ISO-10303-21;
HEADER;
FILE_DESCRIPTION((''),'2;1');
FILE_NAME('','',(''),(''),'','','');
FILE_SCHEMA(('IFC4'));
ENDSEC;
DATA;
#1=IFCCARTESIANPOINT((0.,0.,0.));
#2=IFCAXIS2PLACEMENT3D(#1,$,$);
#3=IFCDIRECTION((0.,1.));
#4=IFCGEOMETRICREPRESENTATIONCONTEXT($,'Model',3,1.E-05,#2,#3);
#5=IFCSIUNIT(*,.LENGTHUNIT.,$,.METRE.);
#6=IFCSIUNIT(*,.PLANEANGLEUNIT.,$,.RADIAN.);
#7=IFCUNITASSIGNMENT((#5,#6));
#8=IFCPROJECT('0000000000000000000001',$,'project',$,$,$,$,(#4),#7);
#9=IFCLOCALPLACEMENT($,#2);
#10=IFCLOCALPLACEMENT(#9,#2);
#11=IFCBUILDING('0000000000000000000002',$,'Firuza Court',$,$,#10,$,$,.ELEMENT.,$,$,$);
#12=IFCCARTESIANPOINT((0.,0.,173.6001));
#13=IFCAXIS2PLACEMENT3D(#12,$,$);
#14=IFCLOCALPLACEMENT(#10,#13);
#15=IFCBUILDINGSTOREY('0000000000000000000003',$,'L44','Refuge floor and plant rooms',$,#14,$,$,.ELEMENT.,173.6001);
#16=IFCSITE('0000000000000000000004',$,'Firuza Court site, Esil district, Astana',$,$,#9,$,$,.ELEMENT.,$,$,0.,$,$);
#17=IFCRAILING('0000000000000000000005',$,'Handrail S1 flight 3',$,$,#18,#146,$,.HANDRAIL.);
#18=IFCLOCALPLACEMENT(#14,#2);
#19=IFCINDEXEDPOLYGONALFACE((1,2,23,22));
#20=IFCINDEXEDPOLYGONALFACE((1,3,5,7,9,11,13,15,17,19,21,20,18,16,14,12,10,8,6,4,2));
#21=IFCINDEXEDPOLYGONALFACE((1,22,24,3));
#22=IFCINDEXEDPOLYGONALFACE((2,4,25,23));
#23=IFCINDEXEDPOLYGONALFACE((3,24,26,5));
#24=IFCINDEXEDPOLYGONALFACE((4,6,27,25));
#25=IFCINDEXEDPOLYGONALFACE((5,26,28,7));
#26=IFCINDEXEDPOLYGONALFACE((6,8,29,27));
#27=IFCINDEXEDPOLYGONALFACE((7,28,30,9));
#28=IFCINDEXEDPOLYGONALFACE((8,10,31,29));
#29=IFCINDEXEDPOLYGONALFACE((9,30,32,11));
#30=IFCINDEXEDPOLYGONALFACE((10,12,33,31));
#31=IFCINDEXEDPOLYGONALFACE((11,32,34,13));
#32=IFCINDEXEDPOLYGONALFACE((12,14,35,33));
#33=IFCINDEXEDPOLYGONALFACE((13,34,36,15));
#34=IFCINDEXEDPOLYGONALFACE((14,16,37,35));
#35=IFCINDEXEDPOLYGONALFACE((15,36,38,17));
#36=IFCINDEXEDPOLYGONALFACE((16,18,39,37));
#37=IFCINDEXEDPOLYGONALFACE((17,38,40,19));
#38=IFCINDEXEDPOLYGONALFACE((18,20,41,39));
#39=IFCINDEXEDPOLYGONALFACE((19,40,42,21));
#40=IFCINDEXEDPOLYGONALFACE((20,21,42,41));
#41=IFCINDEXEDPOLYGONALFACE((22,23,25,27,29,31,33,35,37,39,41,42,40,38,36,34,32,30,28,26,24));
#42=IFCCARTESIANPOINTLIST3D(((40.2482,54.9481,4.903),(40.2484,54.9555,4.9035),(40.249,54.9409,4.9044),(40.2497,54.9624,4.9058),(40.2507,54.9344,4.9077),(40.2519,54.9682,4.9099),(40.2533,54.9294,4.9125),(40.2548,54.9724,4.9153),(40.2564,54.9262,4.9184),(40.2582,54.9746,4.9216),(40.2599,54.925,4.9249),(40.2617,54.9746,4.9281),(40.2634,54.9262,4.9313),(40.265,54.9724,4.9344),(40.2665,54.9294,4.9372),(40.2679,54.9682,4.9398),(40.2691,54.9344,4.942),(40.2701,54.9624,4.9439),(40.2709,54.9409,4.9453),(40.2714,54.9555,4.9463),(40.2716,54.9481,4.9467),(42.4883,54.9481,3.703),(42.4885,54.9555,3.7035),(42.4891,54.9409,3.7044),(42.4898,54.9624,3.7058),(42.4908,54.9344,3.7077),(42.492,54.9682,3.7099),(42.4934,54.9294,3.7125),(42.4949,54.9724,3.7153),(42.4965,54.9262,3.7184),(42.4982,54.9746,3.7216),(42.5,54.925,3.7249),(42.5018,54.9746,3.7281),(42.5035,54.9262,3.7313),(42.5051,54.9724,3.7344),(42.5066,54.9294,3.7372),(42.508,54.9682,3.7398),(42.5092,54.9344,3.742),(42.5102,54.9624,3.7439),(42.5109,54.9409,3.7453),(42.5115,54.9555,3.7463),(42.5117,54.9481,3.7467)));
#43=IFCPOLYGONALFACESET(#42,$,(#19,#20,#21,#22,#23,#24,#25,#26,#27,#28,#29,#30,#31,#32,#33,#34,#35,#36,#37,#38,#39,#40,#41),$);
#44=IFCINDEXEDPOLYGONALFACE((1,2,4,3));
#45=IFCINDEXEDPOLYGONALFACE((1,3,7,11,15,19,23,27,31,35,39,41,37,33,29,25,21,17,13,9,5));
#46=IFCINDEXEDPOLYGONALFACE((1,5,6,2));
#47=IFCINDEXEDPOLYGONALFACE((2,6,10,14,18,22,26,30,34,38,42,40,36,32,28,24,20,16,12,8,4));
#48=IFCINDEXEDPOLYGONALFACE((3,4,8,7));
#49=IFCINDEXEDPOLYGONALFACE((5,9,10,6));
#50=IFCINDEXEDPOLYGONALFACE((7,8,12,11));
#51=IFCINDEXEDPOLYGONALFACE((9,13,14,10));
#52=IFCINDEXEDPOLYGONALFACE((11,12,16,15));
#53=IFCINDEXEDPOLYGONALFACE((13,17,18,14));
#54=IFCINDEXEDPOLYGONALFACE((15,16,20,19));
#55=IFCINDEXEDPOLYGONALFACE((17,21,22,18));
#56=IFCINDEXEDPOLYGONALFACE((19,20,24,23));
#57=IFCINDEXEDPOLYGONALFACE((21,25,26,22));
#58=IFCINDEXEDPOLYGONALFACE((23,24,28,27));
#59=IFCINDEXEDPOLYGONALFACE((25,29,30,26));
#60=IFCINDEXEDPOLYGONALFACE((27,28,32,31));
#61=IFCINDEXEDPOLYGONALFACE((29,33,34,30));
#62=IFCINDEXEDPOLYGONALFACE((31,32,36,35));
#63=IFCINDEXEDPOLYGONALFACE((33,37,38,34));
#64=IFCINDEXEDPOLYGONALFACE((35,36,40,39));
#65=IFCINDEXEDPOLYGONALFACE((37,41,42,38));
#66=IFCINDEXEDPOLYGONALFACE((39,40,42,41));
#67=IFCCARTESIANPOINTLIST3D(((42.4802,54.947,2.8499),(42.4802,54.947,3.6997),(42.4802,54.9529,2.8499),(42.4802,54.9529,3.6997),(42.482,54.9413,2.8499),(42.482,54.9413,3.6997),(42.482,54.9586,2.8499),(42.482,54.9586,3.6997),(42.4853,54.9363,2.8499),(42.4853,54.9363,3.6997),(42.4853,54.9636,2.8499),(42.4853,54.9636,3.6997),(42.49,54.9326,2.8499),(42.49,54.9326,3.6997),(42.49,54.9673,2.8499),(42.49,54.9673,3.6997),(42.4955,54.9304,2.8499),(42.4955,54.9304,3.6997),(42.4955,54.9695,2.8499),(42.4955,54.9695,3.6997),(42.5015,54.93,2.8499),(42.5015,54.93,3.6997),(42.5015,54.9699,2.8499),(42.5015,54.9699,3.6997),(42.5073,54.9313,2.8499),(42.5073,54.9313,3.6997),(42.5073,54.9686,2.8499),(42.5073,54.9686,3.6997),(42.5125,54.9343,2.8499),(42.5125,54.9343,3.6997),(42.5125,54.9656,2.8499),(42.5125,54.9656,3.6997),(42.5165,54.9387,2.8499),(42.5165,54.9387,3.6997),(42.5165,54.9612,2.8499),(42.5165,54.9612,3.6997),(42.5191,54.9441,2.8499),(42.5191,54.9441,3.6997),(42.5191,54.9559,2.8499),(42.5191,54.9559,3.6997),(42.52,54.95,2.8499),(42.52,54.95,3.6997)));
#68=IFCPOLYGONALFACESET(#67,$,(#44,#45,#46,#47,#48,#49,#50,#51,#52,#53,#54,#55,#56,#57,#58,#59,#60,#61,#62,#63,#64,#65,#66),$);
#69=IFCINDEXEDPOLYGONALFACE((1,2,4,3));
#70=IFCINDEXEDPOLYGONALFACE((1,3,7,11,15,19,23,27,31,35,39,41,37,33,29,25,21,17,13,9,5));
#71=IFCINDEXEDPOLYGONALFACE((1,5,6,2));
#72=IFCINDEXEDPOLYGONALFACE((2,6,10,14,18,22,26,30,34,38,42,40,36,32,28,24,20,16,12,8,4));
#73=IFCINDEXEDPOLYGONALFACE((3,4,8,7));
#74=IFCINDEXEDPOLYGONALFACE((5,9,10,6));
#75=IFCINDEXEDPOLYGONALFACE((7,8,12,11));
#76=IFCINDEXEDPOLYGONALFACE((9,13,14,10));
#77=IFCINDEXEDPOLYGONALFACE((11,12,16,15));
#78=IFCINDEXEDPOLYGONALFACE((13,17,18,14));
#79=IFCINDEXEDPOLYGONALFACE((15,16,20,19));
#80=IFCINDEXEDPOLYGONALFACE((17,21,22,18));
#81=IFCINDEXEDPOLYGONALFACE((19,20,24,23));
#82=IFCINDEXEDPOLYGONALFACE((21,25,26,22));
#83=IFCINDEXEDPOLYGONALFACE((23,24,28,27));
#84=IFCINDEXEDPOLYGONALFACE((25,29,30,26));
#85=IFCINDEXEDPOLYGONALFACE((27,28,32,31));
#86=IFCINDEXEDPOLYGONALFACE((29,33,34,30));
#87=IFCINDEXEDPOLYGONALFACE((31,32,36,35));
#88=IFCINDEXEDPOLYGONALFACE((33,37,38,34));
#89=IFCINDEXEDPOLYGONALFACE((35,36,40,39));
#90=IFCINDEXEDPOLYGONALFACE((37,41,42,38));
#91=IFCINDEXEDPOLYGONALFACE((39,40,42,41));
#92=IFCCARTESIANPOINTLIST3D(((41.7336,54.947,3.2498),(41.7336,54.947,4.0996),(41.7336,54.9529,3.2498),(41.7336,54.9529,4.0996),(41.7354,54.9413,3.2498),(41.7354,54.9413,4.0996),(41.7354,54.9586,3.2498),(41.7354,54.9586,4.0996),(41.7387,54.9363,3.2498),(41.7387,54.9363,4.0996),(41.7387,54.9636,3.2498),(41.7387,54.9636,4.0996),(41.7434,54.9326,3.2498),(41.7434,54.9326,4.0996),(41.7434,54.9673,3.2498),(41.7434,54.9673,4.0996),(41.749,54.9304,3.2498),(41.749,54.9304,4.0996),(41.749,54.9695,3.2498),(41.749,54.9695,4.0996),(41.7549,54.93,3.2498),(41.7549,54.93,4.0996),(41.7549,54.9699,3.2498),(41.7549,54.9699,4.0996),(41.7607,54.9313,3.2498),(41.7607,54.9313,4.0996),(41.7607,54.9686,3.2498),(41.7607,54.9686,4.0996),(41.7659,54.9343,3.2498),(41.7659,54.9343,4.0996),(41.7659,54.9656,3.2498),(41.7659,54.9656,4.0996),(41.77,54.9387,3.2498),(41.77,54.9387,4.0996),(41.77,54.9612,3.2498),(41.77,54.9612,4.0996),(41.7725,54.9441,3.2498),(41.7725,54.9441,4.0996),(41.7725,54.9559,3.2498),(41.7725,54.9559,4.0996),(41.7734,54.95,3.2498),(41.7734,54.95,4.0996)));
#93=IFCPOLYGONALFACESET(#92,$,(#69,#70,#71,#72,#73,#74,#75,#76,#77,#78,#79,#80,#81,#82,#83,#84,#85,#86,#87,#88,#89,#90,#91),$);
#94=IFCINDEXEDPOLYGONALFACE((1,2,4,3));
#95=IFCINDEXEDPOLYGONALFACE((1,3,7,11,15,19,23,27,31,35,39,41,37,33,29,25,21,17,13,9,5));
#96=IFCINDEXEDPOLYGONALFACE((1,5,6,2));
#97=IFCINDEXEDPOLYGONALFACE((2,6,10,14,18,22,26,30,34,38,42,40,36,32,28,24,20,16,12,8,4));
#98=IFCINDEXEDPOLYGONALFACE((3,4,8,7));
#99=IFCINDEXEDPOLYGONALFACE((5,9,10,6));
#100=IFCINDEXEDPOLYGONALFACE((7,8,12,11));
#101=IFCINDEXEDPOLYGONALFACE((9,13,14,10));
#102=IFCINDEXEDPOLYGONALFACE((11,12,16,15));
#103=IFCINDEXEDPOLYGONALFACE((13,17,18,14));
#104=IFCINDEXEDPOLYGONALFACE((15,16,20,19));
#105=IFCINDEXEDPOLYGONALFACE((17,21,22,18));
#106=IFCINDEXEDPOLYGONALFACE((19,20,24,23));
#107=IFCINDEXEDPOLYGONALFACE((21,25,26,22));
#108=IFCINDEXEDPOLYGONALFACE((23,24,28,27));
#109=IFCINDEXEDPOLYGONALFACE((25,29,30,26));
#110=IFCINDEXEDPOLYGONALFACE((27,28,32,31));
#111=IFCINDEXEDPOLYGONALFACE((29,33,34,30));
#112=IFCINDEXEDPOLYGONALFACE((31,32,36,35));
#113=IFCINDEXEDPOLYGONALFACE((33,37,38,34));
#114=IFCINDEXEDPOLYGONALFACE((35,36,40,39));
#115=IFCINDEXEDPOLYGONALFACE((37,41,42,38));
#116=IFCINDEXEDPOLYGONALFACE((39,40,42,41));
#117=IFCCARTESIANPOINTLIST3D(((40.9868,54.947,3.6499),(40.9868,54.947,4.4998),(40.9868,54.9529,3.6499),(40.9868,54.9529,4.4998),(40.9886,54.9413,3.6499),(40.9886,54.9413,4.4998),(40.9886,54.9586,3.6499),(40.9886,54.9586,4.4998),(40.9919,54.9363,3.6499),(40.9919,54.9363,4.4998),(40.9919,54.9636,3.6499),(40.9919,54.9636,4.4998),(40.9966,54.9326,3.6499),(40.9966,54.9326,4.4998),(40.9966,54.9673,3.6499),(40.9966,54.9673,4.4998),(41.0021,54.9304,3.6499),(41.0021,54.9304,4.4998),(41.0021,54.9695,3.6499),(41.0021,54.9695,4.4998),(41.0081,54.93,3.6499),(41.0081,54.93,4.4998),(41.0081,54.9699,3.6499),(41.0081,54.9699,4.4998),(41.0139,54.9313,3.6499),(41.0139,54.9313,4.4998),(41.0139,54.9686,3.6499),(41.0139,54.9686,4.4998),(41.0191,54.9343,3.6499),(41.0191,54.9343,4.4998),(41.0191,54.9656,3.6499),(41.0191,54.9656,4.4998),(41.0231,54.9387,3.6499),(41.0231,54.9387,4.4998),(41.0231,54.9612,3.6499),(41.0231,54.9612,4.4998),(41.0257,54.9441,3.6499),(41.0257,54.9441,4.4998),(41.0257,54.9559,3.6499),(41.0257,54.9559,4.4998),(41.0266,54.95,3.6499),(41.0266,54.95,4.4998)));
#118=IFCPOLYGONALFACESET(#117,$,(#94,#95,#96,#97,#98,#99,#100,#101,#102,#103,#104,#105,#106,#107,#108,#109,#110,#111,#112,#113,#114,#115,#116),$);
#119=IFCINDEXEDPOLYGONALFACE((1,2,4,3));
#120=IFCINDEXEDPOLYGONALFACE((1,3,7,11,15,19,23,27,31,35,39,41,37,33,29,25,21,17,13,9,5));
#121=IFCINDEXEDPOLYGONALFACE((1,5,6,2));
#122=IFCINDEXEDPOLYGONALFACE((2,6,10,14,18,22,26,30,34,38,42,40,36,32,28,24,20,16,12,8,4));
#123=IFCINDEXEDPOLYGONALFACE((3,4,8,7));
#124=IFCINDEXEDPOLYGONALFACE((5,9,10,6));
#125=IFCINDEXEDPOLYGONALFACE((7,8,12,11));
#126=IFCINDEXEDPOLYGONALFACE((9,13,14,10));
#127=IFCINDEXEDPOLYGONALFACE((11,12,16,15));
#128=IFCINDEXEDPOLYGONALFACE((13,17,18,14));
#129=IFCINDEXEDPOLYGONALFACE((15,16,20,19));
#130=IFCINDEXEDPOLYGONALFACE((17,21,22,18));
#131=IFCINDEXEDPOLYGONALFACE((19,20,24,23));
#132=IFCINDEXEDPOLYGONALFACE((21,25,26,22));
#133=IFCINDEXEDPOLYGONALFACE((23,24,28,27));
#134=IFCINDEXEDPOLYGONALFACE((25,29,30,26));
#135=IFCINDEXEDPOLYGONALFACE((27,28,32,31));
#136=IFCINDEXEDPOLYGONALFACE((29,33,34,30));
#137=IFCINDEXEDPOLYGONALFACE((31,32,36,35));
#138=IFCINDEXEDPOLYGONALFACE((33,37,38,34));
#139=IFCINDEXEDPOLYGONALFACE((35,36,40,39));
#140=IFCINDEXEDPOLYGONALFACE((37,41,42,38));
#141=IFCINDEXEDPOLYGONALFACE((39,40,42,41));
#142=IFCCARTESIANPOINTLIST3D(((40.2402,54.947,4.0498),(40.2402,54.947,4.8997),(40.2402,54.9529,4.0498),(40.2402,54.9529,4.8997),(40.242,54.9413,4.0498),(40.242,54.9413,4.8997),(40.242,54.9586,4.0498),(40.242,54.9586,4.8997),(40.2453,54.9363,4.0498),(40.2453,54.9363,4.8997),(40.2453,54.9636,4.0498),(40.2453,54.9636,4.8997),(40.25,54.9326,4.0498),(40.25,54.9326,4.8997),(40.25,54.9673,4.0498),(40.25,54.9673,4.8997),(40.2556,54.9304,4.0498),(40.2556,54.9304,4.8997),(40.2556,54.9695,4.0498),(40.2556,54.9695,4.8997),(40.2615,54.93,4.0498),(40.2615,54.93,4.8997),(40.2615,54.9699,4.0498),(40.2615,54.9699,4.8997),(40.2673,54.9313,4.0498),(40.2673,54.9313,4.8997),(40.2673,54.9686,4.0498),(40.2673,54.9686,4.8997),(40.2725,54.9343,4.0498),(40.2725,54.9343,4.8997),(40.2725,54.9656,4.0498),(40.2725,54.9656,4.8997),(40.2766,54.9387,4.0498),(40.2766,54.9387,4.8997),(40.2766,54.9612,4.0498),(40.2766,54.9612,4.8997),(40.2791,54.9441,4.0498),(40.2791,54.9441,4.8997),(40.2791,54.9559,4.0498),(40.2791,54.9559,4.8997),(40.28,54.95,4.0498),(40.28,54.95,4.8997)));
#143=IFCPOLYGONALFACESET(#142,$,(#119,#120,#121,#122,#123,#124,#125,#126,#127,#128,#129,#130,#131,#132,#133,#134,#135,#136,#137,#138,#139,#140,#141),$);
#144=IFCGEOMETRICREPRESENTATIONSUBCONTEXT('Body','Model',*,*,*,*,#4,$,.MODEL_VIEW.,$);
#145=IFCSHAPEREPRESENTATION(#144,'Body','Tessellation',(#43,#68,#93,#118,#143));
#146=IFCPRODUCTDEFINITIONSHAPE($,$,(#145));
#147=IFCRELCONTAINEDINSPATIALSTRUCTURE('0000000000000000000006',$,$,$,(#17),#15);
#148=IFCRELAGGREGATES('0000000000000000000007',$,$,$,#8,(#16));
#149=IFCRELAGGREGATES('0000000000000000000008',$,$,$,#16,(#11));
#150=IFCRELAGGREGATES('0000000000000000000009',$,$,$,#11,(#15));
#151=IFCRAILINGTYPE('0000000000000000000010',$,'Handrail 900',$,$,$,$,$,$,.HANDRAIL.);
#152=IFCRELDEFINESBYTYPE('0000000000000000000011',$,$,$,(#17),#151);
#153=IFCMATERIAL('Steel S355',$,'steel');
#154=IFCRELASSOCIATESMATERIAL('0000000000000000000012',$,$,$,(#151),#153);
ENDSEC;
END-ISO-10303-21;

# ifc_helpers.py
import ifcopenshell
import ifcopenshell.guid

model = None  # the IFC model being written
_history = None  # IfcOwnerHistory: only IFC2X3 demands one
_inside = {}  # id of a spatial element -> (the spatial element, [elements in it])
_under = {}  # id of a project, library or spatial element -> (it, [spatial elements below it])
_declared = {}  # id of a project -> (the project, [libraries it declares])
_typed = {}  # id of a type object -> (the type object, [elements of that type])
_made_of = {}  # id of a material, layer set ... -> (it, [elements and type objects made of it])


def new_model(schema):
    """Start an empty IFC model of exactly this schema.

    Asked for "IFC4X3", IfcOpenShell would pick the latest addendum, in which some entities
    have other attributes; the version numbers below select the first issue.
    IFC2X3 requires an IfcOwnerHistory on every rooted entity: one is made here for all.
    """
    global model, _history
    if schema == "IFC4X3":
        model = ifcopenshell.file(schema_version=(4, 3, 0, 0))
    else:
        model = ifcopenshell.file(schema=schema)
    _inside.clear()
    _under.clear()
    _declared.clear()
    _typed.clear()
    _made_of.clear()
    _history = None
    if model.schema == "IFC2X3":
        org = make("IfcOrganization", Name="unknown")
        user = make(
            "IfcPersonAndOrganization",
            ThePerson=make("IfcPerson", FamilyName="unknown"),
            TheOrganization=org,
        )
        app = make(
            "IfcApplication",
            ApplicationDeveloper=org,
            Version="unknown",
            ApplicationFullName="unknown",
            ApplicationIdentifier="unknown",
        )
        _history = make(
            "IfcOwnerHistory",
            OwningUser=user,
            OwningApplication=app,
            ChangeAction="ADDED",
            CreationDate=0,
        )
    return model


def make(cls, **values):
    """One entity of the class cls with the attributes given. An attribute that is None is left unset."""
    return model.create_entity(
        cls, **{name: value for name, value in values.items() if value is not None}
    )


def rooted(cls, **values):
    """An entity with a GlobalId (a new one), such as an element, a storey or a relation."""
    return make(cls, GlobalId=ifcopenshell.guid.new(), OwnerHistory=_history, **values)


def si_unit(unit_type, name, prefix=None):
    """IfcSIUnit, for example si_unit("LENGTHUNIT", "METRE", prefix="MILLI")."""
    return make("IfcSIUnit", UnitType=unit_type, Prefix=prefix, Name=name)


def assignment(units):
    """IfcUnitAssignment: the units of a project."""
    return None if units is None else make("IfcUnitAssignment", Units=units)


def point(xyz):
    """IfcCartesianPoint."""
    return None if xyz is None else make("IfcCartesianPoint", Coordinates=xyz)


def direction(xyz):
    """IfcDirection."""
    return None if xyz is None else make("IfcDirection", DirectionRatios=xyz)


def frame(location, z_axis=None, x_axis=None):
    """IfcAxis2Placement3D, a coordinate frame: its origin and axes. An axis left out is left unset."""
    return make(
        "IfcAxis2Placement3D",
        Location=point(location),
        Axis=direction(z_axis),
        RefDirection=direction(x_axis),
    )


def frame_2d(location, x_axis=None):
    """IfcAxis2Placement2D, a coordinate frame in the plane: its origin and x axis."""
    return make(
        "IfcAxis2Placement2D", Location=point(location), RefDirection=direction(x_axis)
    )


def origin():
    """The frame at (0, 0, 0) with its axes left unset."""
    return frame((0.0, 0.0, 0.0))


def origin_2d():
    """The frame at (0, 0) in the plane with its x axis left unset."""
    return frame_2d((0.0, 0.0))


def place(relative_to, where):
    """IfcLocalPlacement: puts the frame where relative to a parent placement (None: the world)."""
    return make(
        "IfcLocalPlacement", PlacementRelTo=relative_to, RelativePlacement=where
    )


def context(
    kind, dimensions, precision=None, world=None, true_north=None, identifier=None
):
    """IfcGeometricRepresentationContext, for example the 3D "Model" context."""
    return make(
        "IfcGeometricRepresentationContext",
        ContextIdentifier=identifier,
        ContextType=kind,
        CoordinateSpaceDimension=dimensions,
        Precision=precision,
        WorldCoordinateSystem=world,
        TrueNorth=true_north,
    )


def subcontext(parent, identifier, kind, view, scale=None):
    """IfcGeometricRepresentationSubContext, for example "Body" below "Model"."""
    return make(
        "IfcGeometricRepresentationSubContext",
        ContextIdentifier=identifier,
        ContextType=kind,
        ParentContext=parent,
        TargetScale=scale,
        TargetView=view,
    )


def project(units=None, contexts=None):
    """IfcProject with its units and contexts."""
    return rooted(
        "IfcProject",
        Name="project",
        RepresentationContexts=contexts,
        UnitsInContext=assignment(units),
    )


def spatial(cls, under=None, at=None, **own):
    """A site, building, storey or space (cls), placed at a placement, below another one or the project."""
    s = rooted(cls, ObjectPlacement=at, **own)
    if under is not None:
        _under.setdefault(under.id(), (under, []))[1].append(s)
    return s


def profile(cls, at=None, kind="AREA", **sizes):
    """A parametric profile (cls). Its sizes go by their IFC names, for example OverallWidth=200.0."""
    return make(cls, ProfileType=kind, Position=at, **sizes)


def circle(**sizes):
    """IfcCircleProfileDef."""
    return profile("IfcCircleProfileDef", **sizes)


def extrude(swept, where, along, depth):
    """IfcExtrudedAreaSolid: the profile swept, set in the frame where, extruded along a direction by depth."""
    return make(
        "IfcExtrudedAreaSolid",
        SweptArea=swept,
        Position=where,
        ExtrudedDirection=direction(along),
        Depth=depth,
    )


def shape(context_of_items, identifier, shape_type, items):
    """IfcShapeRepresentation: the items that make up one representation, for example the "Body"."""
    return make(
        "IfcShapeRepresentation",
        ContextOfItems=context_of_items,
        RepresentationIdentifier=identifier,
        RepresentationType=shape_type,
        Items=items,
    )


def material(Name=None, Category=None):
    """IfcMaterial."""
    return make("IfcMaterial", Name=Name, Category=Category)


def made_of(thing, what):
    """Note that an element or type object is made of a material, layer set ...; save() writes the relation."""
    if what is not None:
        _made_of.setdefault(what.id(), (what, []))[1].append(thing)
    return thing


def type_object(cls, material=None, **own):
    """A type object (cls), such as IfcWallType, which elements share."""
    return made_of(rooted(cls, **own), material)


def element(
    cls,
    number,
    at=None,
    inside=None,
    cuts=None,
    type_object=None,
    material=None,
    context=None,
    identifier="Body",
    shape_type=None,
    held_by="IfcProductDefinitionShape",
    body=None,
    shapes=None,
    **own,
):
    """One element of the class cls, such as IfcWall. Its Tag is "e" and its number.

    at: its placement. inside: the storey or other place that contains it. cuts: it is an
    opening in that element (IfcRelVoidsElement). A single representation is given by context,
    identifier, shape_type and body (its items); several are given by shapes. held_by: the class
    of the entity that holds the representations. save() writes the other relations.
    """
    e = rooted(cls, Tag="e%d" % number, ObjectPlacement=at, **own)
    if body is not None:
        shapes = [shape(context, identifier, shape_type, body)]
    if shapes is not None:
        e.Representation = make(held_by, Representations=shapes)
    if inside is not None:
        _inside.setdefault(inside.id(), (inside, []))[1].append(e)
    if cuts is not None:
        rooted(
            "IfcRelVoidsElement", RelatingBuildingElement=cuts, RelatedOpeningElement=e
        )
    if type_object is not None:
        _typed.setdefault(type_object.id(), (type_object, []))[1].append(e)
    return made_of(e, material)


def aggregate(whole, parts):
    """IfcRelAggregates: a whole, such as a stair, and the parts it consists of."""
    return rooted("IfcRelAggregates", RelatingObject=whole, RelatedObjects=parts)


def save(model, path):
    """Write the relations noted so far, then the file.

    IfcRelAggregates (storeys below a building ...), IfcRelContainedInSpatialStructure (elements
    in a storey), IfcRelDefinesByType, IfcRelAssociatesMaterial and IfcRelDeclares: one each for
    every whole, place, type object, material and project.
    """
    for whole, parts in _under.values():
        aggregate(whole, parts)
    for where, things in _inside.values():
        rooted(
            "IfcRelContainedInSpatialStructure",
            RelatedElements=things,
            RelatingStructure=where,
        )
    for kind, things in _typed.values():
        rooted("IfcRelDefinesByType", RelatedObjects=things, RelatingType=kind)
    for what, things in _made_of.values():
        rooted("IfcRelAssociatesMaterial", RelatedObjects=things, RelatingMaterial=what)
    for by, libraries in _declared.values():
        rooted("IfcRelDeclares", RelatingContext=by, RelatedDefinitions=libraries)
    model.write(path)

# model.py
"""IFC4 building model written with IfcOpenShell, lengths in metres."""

from ifc_helpers import new_model, si_unit, direction, frame, origin, origin_2d, place, context, subcontext, project, spatial, circle, extrude, material, type_object, element, save


model = new_model("IFC4")

# Units and contexts
model_context = context("Model", 3, precision=1e-05, world=origin(), true_north=direction((0.0, 1.0)))
body_context = subcontext(model_context, "Body", "Model", "MODEL_VIEW")
ifc_project = project(units=[si_unit("LENGTHUNIT", "METRE"), si_unit("PLANEANGLEUNIT", "RADIAN")], contexts=[model_context])

# Site, building, storey
site_placement = place(None, origin())
site = spatial("IfcSite", under=ifc_project, at=site_placement, Name="Firuza Court site, Esil district, Astana", CompositionType="ELEMENT", RefElevation=0.0)
building_placement = place(site_placement, origin())
building = spatial("IfcBuilding", under=site, at=building_placement, Name="Firuza Court", CompositionType="ELEMENT")
storey_placement = place(building_placement, frame((0.0, 0.0, 173.6001)))
storey = spatial("IfcBuildingStorey", under=building, at=storey_placement, Name="L44", Description="Refuge floor and plant rooms", CompositionType="ELEMENT", Elevation=173.6001)

# Railing
ifc_material_1 = material(Name="Steel S355", Category="steel")
railing_type = type_object("IfcRailingType", Name="Handrail 900", PredefinedType="HANDRAIL", material=ifc_material_1)
railing_1_placement = place(storey_placement, frame((42.5, 54.95, 2.8499)))
element("IfcRailing", 1, at=railing_1_placement, inside=storey, type_object=railing_type, Name="Handrail S1 flight 3", PredefinedType="HANDRAIL", context=body_context, shape_type="SweptSolid", body=[
    extrude(circle(Radius=0.0249, at=origin_2d()), frame((0.0, 0.0, 0.875), z_axis=(-0.881487, 0.0, 0.472208), x_axis=(0.0, -1.0, 0.0)), (0.0, 0.0, 1.0), 2.5413),
    extrude(circle(Radius=0.02, at=origin_2d()), origin(), (0.0, 0.0, 1.0), 0.8499),
    extrude(circle(Radius=0.02, at=origin_2d()), frame((-0.7466, 0.0, 0.3999)), (0.0, 0.0, 1.0), 0.8499),
    extrude(circle(Radius=0.02, at=origin_2d()), frame((-1.4934, 0.0, 0.8)), (0.0, 0.0, 1.0), 0.8499),
    extrude(circle(Radius=0.02, at=origin_2d()), frame((-2.24, 0.0, 1.2)), (0.0, 0.0, 1.0), 0.8499),
])

save(model, "model.ifc")
